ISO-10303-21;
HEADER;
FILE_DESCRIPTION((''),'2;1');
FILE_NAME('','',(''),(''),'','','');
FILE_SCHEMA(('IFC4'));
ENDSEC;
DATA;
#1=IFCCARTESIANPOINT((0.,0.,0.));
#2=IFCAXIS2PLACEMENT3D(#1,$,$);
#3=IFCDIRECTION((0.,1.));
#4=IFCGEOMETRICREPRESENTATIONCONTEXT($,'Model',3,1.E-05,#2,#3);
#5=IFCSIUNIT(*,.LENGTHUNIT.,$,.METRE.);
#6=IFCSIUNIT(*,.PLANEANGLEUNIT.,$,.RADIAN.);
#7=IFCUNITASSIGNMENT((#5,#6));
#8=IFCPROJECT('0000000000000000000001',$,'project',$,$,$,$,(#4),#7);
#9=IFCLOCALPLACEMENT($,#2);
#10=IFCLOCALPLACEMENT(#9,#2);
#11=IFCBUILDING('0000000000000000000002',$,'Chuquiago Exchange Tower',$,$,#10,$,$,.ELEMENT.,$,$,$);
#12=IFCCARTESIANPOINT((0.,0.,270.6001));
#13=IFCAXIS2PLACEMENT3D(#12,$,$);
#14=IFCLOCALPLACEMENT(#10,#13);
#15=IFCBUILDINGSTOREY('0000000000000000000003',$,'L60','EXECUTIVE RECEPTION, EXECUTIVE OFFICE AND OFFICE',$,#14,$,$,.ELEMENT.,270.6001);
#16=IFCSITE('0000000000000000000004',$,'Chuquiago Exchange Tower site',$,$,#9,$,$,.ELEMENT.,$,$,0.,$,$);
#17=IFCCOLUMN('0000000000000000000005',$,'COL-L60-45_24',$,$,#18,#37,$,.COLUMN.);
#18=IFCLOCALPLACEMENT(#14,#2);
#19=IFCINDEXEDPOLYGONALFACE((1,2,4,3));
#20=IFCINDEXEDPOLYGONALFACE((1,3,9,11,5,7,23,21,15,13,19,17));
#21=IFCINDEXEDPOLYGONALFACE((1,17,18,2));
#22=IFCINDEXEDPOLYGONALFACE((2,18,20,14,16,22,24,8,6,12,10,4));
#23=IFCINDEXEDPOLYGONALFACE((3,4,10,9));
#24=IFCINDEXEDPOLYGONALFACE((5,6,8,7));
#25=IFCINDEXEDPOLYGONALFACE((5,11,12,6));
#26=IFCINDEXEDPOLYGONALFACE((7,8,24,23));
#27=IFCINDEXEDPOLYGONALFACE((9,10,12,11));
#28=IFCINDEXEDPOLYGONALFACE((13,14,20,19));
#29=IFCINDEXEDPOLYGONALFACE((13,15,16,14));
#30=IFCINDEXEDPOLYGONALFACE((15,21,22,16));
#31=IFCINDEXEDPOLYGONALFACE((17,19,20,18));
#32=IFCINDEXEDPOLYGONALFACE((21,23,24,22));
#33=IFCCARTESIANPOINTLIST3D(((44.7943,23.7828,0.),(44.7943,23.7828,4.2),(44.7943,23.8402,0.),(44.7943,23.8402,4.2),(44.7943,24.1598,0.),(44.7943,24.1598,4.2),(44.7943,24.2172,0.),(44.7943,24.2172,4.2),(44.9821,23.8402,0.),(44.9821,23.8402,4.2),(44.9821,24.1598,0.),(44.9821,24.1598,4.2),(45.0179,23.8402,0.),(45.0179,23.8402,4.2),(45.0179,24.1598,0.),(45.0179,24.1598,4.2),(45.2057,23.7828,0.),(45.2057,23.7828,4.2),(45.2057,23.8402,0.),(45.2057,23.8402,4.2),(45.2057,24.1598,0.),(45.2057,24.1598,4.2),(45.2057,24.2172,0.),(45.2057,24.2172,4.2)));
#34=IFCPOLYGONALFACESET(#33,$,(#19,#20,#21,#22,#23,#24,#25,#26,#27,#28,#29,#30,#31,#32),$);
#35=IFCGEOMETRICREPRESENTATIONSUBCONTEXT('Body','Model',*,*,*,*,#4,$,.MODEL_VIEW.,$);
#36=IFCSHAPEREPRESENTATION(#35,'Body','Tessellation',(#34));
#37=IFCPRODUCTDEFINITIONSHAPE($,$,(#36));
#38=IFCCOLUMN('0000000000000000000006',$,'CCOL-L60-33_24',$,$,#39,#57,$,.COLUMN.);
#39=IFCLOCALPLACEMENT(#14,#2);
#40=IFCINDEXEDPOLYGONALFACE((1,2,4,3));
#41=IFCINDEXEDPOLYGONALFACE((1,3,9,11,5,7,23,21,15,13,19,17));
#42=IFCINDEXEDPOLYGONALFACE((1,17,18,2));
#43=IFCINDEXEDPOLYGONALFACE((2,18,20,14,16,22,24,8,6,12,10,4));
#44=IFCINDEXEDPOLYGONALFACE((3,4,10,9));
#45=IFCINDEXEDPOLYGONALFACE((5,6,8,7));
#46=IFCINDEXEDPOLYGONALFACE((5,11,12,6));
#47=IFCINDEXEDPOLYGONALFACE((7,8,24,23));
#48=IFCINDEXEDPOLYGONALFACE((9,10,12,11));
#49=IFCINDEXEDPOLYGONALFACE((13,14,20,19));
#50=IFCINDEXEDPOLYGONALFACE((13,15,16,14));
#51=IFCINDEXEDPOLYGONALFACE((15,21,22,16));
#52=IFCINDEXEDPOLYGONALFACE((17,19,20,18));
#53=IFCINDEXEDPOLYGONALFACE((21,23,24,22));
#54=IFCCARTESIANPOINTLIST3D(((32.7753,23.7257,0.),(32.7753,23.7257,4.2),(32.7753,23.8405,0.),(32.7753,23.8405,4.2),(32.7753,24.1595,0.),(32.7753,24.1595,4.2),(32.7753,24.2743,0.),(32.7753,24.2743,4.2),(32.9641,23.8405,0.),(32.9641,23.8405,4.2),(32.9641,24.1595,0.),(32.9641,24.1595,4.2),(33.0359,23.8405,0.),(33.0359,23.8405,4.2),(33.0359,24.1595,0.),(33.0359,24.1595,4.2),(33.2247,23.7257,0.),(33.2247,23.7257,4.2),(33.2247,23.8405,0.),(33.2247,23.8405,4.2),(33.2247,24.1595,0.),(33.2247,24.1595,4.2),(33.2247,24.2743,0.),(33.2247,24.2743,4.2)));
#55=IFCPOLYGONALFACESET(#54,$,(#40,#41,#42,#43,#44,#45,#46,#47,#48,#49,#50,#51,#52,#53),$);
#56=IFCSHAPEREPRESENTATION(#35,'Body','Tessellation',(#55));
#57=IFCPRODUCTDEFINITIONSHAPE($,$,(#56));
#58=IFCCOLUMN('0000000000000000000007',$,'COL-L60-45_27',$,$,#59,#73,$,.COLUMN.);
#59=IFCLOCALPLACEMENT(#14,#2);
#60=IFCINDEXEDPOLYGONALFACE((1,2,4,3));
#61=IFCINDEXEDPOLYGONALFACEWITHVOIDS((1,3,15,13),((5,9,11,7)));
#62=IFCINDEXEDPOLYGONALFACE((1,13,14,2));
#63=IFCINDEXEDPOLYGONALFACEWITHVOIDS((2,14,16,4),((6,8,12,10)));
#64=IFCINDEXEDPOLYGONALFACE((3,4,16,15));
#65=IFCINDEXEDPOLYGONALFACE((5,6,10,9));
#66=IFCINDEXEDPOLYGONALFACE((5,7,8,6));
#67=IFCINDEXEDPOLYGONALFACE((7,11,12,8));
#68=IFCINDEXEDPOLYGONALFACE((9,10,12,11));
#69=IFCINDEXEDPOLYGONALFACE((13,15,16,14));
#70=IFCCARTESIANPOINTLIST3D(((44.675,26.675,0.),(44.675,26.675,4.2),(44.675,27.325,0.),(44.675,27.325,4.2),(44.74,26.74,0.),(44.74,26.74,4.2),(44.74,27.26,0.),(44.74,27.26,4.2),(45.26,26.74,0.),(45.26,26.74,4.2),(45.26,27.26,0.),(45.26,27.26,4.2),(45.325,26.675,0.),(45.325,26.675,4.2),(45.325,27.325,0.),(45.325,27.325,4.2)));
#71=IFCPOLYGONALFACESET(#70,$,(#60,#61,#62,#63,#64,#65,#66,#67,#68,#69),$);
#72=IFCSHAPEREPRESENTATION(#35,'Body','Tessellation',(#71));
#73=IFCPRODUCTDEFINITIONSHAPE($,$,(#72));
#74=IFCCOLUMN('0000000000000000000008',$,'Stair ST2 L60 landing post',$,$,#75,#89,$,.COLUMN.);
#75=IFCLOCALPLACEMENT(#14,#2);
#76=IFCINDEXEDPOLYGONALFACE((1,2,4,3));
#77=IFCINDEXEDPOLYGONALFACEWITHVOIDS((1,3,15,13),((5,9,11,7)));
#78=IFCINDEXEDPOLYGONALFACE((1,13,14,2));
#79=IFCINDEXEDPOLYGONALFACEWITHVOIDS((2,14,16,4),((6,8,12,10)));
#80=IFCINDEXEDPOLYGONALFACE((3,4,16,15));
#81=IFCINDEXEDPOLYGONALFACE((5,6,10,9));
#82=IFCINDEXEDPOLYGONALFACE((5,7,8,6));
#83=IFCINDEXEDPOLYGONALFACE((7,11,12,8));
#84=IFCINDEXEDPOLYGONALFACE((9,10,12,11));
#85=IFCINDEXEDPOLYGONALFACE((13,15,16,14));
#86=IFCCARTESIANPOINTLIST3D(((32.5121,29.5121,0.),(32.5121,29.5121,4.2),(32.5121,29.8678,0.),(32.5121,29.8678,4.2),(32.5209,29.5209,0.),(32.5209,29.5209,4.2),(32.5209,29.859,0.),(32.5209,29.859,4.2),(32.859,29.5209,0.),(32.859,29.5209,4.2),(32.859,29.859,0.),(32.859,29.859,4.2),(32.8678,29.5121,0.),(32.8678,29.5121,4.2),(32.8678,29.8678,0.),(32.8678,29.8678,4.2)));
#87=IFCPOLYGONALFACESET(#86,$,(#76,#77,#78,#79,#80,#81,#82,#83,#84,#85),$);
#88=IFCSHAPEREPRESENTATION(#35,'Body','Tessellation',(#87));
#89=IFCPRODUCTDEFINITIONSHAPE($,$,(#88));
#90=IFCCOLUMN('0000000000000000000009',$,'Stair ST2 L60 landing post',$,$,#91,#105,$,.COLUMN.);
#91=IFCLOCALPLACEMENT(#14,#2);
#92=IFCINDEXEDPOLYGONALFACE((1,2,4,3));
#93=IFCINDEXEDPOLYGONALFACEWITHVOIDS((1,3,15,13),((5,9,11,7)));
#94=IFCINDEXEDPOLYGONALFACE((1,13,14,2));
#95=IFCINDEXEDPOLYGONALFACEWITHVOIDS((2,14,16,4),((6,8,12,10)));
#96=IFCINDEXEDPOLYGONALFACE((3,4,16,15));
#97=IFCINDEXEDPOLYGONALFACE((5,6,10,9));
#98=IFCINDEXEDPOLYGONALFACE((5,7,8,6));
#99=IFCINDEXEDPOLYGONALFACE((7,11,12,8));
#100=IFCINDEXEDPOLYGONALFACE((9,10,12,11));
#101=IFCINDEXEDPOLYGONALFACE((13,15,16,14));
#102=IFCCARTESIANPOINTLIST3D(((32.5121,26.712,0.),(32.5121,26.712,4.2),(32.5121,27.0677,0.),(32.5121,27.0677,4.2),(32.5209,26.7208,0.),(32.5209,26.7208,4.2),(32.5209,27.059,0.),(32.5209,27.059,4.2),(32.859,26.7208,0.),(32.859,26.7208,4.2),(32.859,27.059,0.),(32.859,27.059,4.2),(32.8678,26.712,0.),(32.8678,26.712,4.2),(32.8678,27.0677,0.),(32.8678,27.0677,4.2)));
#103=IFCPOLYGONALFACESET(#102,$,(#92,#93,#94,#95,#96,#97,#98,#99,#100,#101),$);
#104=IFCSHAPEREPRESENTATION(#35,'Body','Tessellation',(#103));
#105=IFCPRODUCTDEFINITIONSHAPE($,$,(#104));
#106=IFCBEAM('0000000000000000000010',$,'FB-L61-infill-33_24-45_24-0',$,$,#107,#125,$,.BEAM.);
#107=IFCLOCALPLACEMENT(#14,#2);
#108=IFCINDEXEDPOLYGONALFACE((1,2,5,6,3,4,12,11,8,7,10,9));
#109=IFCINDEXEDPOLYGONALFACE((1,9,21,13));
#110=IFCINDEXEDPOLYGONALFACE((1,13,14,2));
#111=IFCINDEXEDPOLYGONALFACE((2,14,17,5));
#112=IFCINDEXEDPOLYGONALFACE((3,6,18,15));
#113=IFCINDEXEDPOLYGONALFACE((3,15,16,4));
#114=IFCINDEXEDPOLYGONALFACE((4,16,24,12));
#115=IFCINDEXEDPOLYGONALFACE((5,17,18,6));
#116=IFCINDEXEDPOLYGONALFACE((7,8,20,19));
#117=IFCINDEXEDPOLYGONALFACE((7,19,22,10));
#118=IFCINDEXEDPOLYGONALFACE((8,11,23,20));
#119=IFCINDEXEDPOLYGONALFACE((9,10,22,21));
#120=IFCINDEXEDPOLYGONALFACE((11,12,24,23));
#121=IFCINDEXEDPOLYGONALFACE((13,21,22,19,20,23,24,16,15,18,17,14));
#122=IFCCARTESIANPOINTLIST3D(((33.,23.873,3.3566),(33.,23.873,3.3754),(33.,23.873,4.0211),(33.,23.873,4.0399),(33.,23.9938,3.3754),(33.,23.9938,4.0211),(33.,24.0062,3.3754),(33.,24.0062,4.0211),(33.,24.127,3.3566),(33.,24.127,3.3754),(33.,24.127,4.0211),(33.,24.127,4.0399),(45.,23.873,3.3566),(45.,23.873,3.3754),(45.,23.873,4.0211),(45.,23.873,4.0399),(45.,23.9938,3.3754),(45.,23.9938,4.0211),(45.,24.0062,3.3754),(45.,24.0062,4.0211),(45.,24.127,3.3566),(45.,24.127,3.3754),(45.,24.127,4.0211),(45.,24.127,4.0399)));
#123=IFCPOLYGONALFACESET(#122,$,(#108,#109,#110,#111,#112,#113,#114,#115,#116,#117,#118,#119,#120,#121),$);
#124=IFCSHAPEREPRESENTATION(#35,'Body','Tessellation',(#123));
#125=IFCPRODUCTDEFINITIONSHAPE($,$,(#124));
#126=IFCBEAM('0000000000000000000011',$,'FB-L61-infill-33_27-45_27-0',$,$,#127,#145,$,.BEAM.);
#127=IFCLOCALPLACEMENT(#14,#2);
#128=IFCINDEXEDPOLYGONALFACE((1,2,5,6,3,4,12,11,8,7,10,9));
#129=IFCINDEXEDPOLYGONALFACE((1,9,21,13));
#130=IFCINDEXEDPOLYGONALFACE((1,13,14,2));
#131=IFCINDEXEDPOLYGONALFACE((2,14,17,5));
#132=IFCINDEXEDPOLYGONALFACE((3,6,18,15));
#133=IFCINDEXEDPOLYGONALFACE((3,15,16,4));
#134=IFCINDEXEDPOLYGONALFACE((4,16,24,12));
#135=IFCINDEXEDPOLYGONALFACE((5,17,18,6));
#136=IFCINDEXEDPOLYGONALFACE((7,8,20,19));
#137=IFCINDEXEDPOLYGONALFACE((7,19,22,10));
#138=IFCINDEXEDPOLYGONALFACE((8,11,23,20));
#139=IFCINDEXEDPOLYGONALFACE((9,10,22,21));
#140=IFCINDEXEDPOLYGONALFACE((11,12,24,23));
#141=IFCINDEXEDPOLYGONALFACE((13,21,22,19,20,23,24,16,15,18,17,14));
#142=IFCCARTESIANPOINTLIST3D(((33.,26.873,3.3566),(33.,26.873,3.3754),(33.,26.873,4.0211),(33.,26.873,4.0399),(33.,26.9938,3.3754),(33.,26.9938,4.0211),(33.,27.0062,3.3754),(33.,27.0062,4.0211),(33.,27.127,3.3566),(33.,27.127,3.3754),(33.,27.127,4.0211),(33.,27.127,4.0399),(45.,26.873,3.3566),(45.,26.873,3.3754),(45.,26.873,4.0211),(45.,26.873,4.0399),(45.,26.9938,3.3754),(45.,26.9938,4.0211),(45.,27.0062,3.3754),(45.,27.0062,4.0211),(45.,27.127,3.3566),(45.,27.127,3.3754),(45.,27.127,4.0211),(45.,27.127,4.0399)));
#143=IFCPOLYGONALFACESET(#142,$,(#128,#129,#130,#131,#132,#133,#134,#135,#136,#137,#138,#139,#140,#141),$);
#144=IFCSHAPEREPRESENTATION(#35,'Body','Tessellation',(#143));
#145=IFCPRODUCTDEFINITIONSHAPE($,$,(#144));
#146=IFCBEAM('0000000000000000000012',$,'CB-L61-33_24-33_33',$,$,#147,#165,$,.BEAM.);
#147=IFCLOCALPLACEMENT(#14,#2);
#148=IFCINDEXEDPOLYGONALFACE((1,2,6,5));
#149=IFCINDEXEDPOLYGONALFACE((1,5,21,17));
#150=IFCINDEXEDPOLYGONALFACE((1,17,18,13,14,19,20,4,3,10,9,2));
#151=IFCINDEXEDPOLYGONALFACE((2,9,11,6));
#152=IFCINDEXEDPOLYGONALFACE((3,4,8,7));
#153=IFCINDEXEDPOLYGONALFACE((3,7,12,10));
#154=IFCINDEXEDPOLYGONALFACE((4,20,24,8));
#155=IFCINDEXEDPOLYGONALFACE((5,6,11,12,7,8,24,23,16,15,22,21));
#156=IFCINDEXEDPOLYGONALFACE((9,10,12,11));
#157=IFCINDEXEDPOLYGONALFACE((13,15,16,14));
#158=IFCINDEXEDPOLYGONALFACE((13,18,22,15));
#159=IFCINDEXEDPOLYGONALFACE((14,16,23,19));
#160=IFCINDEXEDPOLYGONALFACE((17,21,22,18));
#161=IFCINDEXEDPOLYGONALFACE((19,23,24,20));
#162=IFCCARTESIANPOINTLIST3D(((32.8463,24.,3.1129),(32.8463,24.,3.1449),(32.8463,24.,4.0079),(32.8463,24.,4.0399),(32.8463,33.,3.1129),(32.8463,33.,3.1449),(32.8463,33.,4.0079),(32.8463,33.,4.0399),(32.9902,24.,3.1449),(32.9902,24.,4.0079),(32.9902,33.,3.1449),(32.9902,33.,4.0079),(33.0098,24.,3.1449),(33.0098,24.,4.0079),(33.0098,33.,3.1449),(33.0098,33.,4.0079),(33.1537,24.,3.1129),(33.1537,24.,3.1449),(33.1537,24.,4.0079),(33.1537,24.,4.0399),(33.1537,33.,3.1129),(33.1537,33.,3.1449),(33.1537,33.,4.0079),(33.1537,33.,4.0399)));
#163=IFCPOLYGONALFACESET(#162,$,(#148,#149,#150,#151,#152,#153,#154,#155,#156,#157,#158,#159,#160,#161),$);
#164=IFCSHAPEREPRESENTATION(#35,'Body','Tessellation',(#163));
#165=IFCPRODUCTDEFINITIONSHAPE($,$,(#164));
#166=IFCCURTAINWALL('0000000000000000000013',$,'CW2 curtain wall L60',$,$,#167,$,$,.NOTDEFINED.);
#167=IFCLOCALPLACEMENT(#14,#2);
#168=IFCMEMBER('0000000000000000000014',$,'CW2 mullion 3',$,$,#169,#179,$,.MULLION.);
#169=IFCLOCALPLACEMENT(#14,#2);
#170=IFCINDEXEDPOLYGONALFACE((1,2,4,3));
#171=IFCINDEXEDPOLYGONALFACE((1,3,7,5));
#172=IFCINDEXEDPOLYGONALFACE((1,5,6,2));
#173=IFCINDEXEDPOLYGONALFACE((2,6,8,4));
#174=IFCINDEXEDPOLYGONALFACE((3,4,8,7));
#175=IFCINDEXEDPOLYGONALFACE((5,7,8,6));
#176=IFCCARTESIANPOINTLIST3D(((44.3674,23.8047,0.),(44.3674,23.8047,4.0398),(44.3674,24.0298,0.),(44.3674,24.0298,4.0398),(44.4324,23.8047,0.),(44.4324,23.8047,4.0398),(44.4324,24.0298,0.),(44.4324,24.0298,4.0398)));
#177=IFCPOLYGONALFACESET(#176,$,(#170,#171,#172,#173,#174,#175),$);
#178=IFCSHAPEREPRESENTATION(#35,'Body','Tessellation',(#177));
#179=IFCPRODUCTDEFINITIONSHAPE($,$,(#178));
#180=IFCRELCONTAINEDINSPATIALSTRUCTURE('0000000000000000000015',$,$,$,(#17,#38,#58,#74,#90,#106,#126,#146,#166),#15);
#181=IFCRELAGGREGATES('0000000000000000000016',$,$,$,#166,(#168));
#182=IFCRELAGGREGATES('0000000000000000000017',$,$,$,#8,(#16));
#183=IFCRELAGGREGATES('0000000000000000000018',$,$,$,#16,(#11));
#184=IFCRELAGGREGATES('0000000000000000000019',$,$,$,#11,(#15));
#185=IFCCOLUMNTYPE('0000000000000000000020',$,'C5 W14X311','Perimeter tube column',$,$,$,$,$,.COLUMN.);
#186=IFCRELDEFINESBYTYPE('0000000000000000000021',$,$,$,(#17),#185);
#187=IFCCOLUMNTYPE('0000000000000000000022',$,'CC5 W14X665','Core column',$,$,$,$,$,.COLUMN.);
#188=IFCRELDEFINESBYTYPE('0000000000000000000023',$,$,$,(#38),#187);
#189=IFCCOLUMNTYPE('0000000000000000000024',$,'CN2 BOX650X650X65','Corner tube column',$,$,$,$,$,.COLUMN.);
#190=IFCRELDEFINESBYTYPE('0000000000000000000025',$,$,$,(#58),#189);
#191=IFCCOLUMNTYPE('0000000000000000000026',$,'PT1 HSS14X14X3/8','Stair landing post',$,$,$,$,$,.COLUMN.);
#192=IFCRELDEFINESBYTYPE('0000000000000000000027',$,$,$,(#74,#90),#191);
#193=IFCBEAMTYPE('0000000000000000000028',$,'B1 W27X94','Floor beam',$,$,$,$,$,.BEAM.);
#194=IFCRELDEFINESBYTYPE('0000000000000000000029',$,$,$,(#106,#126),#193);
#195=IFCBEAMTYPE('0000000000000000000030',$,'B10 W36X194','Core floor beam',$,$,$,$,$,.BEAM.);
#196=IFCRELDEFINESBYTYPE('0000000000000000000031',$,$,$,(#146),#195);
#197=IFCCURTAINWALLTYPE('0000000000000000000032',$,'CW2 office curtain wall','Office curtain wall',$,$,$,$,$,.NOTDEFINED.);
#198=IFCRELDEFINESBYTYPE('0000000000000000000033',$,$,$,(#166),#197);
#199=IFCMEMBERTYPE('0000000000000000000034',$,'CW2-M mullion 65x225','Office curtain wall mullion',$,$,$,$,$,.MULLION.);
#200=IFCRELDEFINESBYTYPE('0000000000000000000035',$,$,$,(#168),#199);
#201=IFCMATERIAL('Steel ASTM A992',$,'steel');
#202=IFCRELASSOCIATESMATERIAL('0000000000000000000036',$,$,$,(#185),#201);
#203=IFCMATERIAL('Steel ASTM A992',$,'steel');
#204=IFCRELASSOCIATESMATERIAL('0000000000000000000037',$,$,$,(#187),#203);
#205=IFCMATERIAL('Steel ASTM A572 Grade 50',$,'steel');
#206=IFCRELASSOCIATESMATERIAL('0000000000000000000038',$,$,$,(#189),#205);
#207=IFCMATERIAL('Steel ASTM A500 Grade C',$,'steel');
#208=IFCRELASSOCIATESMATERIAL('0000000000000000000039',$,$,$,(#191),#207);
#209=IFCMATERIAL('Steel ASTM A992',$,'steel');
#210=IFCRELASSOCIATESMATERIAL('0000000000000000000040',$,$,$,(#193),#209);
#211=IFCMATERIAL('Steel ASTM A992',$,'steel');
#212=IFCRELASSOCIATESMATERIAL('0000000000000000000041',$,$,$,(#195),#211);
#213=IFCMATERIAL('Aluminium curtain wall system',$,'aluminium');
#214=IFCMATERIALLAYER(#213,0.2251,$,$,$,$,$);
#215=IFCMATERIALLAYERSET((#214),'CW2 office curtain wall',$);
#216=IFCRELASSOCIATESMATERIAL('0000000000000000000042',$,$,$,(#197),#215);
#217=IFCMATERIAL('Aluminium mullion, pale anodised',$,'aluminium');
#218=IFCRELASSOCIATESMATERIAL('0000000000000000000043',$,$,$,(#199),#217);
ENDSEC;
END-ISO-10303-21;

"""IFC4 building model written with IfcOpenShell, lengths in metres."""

from ifc_helpers import new_model, si_unit, direction, frame, origin, origin_2d, place, context, subcontext, project, spatial, rectangle, hollow_rectangle, i_section, extrude, material, layer, layer_set, material_profile, profile_set, type_object, element, aggregate, save


model = new_model("IFC4")

# Units and contexts
model_context = context("Model", 3, precision=1e-05, world=origin(), true_north=direction((0.0, 1.0)))
body_context = subcontext(model_context, "Body", "Model", "MODEL_VIEW")
ifc_project = project(units=[si_unit("LENGTHUNIT", "METRE"), si_unit("PLANEANGLEUNIT", "RADIAN")], contexts=[model_context])

# Site, building, storey
site_placement = place(None, origin())
site = spatial("IfcSite", under=ifc_project, at=site_placement, Name="Chuquiago Exchange Tower site", CompositionType="ELEMENT", RefElevation=0.0)
building_placement = place(site_placement, origin())
building = spatial("IfcBuilding", under=site, at=building_placement, Name="Chuquiago Exchange Tower", CompositionType="ELEMENT")
storey_placement = place(building_placement, frame((0.0, 0.0, 270.6001)))
storey = spatial("IfcBuildingStorey", under=building, at=storey_placement, Name="L60", Description="EXECUTIVE RECEPTION, EXECUTIVE OFFICE AND OFFICE", CompositionType="ELEMENT", Elevation=270.6001)

# Columns
ifc_material_1 = material(Name="Steel ASTM A992", Category="steel")
ifc_material_profile_1 = material_profile(ifc_material_1, i_section(OverallWidth=0.4114, OverallDepth=0.4343, WebThickness=0.0359, FlangeThickness=0.0574, at=origin_2d()), Name="W14X311")
ifc_profile_set_1 = profile_set([ifc_material_profile_1], Name="Steel ASTM A992")
column_type_1 = type_object("IfcColumnType", Name="C5 W14X311", Description="Perimeter tube column", PredefinedType="COLUMN", material=ifc_profile_set_1)
column_1_placement = place(storey_placement, frame((45.0, 24.0, 0.0), z_axis=(0.0, 0.0, 1.0), x_axis=(1.0, 0.0, 0.0)))
element("IfcColumn", 1, at=column_1_placement, inside=storey, type_object=column_type_1, Name="COL-L60-45_24", PredefinedType="COLUMN", context=body_context, shape_type="SweptSolid", body=[
    extrude(i_section(OverallWidth=0.4114, OverallDepth=0.4343, WebThickness=0.0359, FlangeThickness=0.0574, at=origin_2d()), origin(), (0.0, 0.0, 1.0), 4.2),
])
ifc_material_2 = material(Name="Steel ASTM A992", Category="steel")
ifc_material_profile_2 = material_profile(ifc_material_2, i_section(OverallWidth=0.4495, OverallDepth=0.5486, WebThickness=0.0718, FlangeThickness=0.1147, at=origin_2d()), Name="W14X665")
ifc_profile_set_2 = profile_set([ifc_material_profile_2], Name="Steel ASTM A992")
column_type_2 = type_object("IfcColumnType", Name="CC5 W14X665", Description="Core column", PredefinedType="COLUMN", material=ifc_profile_set_2)
column_2_placement = place(storey_placement, frame((33.0, 24.0, 0.0), z_axis=(0.0, 0.0, 1.0), x_axis=(1.0, 0.0, 0.0)))
element("IfcColumn", 2, at=column_2_placement, inside=storey, type_object=column_type_2, Name="CCOL-L60-33_24", PredefinedType="COLUMN", context=body_context, shape_type="SweptSolid", body=[
    extrude(i_section(OverallWidth=0.4495, OverallDepth=0.5486, WebThickness=0.0718, FlangeThickness=0.1147, at=origin_2d()), origin(), (0.0, 0.0, 1.0), 4.2),
])
ifc_material_3 = material(Name="Steel ASTM A572 Grade 50", Category="steel")
ifc_material_profile_3 = material_profile(ifc_material_3, hollow_rectangle(XDim=0.6499, YDim=0.6499, WallThickness=0.0649, at=origin_2d()), Name="BOX650X650X65")
ifc_profile_set_3 = profile_set([ifc_material_profile_3], Name="Steel ASTM A572 Grade 50")
column_type_3 = type_object("IfcColumnType", Name="CN2 BOX650X650X65", Description="Corner tube column", PredefinedType="COLUMN", material=ifc_profile_set_3)
column_3_placement = place(storey_placement, frame((45.0, 27.0, 0.0), z_axis=(0.0, 0.0, 1.0), x_axis=(1.0, 0.0, 0.0)))
element("IfcColumn", 3, at=column_3_placement, inside=storey, type_object=column_type_3, Name="COL-L60-45_27", PredefinedType="COLUMN", context=body_context, shape_type="SweptSolid", body=[
    extrude(hollow_rectangle(XDim=0.6499, YDim=0.6499, WallThickness=0.0649, at=origin_2d()), origin(), (0.0, 0.0, 1.0), 4.2),
])
ifc_material_4 = material(Name="Steel ASTM A500 Grade C", Category="steel")
ifc_material_profile_4 = material_profile(ifc_material_4, hollow_rectangle(XDim=0.3557, YDim=0.3557, WallThickness=0.0088, at=origin_2d()), Name="HSS14X14X3/8")
ifc_profile_set_4 = profile_set([ifc_material_profile_4], Name="Steel ASTM A500 Grade C")
column_type_4 = type_object("IfcColumnType", Name="PT1 HSS14X14X3/8", Description="Stair landing post", PredefinedType="COLUMN", material=ifc_profile_set_4)
for number, where, z_axis, x_axis, name in (
    (4, (32.6899, 29.6899, 0.0), (0.0, 0.0, 1.0), (1.0, 0.0, 0.0), "Stair ST2 L60 landing post"),
    (5, (32.6899, 26.8899, 0.0), (0.0, 0.0, 1.0), (1.0, 0.0, 0.0), "Stair ST2 L60 landing post"),
):
    element("IfcColumn", number, at=place(storey_placement, frame(where, z_axis=z_axis, x_axis=x_axis)), inside=storey, type_object=column_type_4, Name=name, PredefinedType="COLUMN", context=body_context, shape_type="SweptSolid", body=[
        extrude(hollow_rectangle(XDim=0.3557, YDim=0.3557, WallThickness=0.0088, at=origin_2d()), origin(), (0.0, 0.0, 1.0), 4.2),
    ])

# Beams
ifc_material_5 = material(Name="Steel ASTM A992", Category="steel")
ifc_material_profile_5 = material_profile(ifc_material_5, i_section(OverallWidth=0.2539, OverallDepth=0.6833, WebThickness=0.0125, FlangeThickness=0.0188, at=origin_2d()), Name="W27X94")
ifc_profile_set_5 = profile_set([ifc_material_profile_5], Name="Steel ASTM A992")
beam_type_1 = type_object("IfcBeamType", Name="B1 W27X94", Description="Floor beam", PredefinedType="BEAM", material=ifc_profile_set_5)
for number, where, z_axis, x_axis, name in (
    (6, (33.0, 24.0, 3.6982), (1.0, 0.0, 0.0), (0.0, 1.0, 0.0), "FB-L61-infill-33_24-45_24-0"),
    (7, (33.0, 27.0, 3.6982), (1.0, 0.0, 0.0), (0.0, 1.0, 0.0), "FB-L61-infill-33_27-45_27-0"),
):
    element("IfcBeam", number, at=place(storey_placement, frame(where, z_axis=z_axis, x_axis=x_axis)), inside=storey, type_object=beam_type_1, Name=name, PredefinedType="BEAM", context=body_context, shape_type="SweptSolid", body=[
        extrude(i_section(OverallWidth=0.2539, OverallDepth=0.6833, WebThickness=0.0125, FlangeThickness=0.0188, at=origin_2d()), origin(), (0.0, 0.0, 1.0), 12.0),
    ])
ifc_material_6 = material(Name="Steel ASTM A992", Category="steel")
ifc_material_profile_6 = material_profile(ifc_material_6, i_section(OverallWidth=0.3074, OverallDepth=0.927, WebThickness=0.0195, FlangeThickness=0.032, at=origin_2d()), Name="W36X194")
ifc_profile_set_6 = profile_set([ifc_material_profile_6], Name="Steel ASTM A992")
beam_type_2 = type_object("IfcBeamType", Name="B10 W36X194", Description="Core floor beam", PredefinedType="BEAM", material=ifc_profile_set_6)
beam_1_placement = place(storey_placement, frame((33.0, 24.0, 3.5764), z_axis=(0.0, 1.0, 0.0), x_axis=(-1.0, 0.0, 0.0)))
element("IfcBeam", 8, at=beam_1_placement, inside=storey, type_object=beam_type_2, Name="CB-L61-33_24-33_33", PredefinedType="BEAM", context=body_context, shape_type="SweptSolid", body=[
    extrude(i_section(OverallWidth=0.3074, OverallDepth=0.927, WebThickness=0.0195, FlangeThickness=0.032, at=origin_2d()), origin(), (0.0, 0.0, 1.0), 9.0),
])

# Curtain wall, member
ifc_material_7 = material(Name="Aluminium curtain wall system", Category="aluminium")
ifc_layer_1 = layer(ifc_material_7, 0.2251)
ifc_layer_set_1 = layer_set([ifc_layer_1], Name="CW2 office curtain wall")
curtain_wall_type_1 = type_object("IfcCurtainWallType", Name="CW2 office curtain wall", Description="Office curtain wall", PredefinedType="NOTDEFINED", material=ifc_layer_set_1)
curtain_wall_1_placement = place(storey_placement, origin())
curtain_wall_1 = element("IfcCurtainWall", 9, at=curtain_wall_1_placement, inside=storey, type_object=curtain_wall_type_1, Name="CW2 curtain wall L60", PredefinedType="NOTDEFINED")
ifc_material_8 = material(Name="Aluminium mullion, pale anodised", Category="aluminium")
ifc_material_profile_7 = material_profile(ifc_material_8, rectangle(XDim=0.0649, YDim=0.2251, at=origin_2d()), Name="AL 65x225")
ifc_profile_set_7 = profile_set([ifc_material_profile_7], Name="Aluminium mullion, pale anodised")
member_type_1 = type_object("IfcMemberType", Name="CW2-M mullion 65x225", Description="Office curtain wall mullion", PredefinedType="MULLION", material=ifc_profile_set_7)
member_1_placement = place(storey_placement, frame((44.3999, 23.9172, 0.0), z_axis=(0.0, 0.0, 1.0), x_axis=(-1.0, 0.0, 0.0)))
member_1 = element("IfcMember", 10, at=member_1_placement, type_object=member_type_1, Name="CW2 mullion 3", PredefinedType="MULLION", context=body_context, shape_type="SweptSolid", body=[
    extrude(rectangle(XDim=0.0649, YDim=0.2251, at=origin_2d()), origin(), (0.0, 0.0, 1.0), 4.0398),
])

aggregate(curtain_wall_1, [member_1])

save(model, "model.ifc")
